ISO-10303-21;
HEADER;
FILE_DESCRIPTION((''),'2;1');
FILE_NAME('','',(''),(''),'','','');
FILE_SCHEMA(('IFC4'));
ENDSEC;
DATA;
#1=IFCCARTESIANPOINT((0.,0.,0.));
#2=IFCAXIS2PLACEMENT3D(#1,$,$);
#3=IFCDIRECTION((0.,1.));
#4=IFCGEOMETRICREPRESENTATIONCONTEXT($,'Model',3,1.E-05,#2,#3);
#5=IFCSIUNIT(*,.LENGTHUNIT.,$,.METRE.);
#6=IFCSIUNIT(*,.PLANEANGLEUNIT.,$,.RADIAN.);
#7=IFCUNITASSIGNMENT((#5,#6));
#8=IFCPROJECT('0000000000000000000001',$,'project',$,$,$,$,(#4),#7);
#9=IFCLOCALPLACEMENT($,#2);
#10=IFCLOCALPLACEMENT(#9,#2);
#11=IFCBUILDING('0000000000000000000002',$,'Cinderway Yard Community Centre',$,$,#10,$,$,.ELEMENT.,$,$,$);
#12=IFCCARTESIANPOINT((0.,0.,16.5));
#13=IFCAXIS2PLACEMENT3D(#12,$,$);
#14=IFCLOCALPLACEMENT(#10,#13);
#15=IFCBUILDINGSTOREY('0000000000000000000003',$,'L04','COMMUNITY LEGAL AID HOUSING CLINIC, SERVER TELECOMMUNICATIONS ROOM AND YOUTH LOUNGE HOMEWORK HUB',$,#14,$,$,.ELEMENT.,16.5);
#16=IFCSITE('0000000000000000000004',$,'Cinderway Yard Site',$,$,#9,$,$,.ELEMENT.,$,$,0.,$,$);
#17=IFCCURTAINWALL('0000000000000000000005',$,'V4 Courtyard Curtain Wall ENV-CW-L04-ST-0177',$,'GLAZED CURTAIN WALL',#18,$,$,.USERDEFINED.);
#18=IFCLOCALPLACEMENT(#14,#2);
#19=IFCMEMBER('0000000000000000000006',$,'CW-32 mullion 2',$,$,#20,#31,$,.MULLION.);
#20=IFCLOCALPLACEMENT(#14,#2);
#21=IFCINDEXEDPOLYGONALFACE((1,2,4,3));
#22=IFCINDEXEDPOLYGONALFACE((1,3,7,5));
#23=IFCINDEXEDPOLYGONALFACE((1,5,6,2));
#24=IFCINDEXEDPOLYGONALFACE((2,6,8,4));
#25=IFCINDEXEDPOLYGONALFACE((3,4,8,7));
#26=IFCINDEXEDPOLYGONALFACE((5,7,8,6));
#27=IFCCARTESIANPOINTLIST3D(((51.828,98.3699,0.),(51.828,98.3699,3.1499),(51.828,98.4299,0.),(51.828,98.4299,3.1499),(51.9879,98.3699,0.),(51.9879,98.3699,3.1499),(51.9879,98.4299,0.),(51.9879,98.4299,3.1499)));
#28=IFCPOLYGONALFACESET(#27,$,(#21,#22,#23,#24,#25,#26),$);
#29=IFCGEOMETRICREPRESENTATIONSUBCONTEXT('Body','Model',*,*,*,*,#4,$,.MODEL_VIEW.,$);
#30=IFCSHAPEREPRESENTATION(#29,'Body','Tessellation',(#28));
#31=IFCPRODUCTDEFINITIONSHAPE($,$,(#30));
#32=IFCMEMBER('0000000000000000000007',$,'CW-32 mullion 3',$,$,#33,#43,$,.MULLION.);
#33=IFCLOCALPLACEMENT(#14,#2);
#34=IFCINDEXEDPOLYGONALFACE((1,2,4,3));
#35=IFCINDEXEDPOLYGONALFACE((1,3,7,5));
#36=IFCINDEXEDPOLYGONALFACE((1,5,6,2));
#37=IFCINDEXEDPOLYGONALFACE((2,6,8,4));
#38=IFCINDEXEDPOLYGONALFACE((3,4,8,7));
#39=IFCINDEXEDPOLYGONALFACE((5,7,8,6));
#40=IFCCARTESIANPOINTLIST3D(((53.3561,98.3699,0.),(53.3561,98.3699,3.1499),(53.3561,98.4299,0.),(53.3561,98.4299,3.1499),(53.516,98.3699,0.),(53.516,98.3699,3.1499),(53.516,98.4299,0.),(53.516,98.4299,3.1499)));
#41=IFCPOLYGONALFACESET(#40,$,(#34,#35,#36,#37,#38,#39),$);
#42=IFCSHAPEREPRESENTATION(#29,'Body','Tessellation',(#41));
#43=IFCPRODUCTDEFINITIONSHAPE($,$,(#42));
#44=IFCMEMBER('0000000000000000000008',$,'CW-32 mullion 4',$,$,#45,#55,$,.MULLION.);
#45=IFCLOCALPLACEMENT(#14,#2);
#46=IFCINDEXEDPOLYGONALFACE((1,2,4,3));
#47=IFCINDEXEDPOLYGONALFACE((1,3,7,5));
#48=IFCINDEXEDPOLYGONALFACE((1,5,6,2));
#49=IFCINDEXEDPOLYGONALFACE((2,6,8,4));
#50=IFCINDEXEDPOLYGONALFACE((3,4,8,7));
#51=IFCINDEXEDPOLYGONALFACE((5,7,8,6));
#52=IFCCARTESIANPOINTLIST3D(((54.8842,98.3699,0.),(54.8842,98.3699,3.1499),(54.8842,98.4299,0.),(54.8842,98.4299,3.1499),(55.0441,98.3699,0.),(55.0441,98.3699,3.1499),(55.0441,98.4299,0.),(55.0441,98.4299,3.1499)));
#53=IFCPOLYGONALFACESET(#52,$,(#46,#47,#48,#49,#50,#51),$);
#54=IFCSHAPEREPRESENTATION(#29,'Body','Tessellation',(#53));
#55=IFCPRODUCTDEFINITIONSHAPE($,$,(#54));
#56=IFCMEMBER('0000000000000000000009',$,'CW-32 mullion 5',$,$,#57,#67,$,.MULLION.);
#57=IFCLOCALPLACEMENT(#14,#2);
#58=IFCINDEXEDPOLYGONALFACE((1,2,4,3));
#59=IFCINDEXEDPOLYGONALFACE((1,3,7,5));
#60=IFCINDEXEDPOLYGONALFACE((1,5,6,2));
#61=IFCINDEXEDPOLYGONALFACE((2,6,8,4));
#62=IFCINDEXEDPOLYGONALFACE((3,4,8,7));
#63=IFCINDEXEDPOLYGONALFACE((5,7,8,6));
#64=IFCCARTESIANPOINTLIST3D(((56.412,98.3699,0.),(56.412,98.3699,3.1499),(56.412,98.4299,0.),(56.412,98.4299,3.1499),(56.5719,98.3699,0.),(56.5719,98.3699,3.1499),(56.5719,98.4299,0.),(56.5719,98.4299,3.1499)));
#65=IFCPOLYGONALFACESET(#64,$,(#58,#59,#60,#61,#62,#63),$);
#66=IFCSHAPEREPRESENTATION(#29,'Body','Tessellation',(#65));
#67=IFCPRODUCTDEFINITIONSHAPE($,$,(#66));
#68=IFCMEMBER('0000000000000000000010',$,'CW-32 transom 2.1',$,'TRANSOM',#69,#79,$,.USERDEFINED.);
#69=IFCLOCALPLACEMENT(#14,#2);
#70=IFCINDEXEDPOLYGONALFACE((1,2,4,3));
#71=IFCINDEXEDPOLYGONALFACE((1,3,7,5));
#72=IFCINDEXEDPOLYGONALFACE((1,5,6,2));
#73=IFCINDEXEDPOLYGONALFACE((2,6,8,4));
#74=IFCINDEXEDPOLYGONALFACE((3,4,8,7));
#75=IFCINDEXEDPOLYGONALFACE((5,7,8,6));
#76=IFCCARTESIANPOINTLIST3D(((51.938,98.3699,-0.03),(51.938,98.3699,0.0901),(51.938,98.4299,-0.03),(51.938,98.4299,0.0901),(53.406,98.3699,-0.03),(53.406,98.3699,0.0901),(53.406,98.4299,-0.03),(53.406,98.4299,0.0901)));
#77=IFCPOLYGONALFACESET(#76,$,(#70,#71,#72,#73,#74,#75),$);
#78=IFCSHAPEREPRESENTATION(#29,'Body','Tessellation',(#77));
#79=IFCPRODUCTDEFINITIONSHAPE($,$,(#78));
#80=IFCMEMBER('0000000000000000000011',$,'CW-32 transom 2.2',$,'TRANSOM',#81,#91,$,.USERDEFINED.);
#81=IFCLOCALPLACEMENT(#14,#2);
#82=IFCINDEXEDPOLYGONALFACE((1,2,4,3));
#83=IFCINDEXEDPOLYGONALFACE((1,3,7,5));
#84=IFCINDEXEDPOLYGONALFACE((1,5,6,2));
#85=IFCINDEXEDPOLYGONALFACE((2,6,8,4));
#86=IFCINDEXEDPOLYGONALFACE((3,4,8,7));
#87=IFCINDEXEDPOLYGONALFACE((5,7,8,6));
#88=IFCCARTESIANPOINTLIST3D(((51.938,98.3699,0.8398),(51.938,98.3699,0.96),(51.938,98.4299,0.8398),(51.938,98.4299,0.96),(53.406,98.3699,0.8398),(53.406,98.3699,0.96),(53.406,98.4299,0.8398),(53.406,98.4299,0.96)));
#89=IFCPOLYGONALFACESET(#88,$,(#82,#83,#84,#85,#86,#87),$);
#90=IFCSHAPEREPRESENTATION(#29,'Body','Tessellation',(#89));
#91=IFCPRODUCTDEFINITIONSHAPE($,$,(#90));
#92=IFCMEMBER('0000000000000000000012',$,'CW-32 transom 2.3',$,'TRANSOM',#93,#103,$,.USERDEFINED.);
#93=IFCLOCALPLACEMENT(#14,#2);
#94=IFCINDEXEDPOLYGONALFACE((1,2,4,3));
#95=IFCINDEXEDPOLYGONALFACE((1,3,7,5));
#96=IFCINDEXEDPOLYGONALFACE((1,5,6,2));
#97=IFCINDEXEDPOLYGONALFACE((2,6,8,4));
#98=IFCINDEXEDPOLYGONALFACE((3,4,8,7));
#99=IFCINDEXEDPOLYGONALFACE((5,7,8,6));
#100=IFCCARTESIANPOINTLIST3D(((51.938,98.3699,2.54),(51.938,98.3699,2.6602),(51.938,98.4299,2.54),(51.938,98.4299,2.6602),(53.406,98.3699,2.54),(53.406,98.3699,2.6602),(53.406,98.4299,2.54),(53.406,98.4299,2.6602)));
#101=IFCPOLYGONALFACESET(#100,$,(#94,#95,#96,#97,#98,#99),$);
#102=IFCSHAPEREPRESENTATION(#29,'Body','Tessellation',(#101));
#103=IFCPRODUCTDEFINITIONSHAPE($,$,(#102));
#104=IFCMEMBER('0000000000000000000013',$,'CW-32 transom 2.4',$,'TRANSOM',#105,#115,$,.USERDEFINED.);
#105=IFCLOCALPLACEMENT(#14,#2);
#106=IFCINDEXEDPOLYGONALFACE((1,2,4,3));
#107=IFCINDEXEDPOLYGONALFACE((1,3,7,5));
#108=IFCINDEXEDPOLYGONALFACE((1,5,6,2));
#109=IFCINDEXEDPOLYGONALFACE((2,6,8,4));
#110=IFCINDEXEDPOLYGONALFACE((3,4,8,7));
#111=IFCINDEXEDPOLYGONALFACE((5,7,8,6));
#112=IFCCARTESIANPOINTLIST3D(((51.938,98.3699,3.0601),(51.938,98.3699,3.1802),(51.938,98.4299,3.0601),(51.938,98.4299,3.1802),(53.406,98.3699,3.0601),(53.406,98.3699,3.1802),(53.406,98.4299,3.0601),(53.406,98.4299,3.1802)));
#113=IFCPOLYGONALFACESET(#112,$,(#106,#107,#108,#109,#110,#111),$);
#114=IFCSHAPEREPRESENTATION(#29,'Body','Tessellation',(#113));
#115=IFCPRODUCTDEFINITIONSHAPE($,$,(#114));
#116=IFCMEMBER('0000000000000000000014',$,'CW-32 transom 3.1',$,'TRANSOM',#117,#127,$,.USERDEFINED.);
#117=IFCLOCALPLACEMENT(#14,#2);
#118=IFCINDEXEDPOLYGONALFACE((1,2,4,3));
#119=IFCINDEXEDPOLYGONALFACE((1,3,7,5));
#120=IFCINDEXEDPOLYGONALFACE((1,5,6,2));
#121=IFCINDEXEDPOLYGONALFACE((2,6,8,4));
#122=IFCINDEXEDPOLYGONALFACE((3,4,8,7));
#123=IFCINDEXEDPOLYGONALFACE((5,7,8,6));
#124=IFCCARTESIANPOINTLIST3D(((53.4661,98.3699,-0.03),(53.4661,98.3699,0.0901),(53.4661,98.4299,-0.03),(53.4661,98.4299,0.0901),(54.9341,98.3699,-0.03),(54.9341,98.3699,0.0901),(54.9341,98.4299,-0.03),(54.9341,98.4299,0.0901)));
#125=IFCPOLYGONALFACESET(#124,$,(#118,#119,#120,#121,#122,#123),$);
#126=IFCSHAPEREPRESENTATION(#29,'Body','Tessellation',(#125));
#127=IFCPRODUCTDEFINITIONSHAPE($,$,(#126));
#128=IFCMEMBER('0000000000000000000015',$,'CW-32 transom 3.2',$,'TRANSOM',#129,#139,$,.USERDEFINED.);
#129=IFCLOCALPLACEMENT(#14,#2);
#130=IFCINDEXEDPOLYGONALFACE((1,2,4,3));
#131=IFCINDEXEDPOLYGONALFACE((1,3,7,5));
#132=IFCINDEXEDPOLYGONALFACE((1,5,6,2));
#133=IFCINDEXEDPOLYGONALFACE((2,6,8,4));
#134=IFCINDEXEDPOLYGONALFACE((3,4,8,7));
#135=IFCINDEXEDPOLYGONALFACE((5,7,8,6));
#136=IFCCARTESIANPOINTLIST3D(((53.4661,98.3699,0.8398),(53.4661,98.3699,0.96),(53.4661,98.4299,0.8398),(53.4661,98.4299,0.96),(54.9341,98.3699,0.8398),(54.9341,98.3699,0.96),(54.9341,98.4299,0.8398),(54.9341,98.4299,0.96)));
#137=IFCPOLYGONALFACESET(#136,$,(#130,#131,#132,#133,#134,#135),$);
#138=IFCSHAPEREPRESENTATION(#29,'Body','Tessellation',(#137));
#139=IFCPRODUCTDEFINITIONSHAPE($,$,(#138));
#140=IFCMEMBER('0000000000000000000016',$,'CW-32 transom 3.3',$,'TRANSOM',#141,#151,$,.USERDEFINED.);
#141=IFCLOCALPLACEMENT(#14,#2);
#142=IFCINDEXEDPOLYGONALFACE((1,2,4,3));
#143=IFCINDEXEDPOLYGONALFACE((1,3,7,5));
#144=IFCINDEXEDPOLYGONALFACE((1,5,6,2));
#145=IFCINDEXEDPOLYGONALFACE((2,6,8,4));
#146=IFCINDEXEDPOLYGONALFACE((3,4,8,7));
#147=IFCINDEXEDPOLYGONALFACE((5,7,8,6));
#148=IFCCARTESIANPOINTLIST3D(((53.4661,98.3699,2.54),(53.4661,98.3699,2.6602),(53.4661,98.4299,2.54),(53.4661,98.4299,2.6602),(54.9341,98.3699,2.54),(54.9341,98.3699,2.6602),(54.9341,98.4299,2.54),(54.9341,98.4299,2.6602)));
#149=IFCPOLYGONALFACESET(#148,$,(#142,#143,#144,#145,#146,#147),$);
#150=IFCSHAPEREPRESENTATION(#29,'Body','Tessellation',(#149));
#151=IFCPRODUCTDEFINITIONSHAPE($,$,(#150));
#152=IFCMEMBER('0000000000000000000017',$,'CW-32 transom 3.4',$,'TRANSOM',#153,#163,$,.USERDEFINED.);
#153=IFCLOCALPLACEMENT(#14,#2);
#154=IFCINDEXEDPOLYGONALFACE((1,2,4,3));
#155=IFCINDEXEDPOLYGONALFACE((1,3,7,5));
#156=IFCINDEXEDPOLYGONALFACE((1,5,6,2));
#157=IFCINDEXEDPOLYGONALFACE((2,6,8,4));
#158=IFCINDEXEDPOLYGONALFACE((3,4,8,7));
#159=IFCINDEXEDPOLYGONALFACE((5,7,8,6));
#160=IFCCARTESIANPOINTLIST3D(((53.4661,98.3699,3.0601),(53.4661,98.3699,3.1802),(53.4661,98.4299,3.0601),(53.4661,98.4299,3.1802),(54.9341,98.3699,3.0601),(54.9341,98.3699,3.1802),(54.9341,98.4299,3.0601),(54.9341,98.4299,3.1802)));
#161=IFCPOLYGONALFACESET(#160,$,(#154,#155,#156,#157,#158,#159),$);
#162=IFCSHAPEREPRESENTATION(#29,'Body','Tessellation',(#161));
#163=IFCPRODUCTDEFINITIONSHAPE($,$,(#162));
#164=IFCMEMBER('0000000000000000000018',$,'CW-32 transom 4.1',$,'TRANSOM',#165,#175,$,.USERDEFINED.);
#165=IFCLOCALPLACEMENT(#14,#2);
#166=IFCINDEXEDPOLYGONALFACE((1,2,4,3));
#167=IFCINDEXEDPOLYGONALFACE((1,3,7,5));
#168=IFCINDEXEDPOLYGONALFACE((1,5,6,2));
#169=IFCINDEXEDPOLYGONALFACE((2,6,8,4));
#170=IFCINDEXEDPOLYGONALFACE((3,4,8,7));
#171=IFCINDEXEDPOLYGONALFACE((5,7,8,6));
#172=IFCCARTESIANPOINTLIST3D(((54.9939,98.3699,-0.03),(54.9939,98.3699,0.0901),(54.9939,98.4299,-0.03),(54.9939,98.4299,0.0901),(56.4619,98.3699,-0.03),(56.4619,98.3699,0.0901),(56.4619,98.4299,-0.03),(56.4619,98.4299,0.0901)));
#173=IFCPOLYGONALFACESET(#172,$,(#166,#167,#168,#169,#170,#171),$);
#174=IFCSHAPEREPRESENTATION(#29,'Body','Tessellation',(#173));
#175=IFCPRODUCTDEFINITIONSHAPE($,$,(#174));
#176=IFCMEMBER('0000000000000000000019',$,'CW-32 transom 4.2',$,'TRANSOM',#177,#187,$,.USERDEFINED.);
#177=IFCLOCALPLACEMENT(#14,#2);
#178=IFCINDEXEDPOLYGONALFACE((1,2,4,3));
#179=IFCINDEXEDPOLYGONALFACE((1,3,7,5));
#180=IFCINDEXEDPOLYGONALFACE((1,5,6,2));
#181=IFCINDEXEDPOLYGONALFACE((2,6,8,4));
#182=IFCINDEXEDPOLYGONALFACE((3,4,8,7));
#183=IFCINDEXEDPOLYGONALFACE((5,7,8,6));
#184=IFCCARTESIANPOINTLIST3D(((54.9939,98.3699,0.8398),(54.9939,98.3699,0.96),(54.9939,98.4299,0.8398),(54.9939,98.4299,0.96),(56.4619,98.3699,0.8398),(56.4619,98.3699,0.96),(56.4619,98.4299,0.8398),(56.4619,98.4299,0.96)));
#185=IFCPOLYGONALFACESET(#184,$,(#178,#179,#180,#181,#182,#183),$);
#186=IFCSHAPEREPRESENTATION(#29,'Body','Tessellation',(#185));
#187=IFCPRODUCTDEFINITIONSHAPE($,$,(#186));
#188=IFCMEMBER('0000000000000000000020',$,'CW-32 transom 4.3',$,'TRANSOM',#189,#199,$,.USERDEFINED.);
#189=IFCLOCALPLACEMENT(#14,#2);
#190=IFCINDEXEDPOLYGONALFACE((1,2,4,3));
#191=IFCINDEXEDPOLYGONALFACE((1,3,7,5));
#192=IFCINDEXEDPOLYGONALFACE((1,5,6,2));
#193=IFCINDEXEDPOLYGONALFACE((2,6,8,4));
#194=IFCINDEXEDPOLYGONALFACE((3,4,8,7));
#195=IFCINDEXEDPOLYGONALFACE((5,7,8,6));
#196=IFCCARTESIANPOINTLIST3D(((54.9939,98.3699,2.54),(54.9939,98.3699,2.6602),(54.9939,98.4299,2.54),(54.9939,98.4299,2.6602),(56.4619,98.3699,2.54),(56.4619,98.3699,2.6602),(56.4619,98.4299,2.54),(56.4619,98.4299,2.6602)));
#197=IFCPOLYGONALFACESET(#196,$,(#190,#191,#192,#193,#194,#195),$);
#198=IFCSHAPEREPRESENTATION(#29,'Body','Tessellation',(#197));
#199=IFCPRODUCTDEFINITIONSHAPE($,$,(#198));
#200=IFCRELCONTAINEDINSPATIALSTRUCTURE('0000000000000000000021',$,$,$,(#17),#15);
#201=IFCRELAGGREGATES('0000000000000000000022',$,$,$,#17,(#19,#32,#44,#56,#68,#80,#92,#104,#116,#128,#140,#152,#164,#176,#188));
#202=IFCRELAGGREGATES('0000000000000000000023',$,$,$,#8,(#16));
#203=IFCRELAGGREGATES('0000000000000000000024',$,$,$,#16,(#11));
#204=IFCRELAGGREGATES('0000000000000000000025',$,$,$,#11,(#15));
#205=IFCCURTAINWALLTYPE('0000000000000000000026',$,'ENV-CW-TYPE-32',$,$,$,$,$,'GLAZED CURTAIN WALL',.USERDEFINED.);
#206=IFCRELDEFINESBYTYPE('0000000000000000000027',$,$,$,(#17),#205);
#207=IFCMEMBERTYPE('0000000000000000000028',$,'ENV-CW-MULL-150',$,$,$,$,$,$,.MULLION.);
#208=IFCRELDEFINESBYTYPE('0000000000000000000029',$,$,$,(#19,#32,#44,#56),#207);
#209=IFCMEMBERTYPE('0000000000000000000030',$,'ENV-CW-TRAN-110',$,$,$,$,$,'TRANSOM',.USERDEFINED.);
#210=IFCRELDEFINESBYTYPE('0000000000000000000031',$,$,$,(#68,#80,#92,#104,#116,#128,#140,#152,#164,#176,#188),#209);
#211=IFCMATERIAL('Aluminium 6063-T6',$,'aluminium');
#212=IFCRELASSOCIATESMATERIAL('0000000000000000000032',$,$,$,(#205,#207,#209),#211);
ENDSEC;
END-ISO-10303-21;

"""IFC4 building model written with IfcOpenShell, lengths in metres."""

from ifc_helpers import new_model, si_unit, direction, frame, origin, origin_2d, place, context, subcontext, project, spatial, rectangle, extrude, material, material_profile, profile_set, type_object, element, aggregate, save


model = new_model("IFC4")

# Units and contexts
model_context = context("Model", 3, precision=1e-05, world=origin(), true_north=direction((0.0, 1.0)))
body_context = subcontext(model_context, "Body", "Model", "MODEL_VIEW")
ifc_project = project(units=[si_unit("LENGTHUNIT", "METRE"), si_unit("PLANEANGLEUNIT", "RADIAN")], contexts=[model_context])

# Site, building, storey
site_placement = place(None, origin())
site = spatial("IfcSite", under=ifc_project, at=site_placement, Name="Cinderway Yard Site", CompositionType="ELEMENT", RefElevation=0.0)
building_placement = place(site_placement, origin())
building = spatial("IfcBuilding", under=site, at=building_placement, Name="Cinderway Yard Community Centre", CompositionType="ELEMENT")
storey_placement = place(building_placement, frame((0.0, 0.0, 16.5)))
storey = spatial("IfcBuildingStorey", under=building, at=storey_placement, Name="L04", Description="COMMUNITY LEGAL AID HOUSING CLINIC, SERVER TELECOMMUNICATIONS ROOM AND YOUTH LOUNGE HOMEWORK HUB", CompositionType="ELEMENT", Elevation=16.5)

# Curtain wall, members
ifc_material_1 = material(Name="Aluminium 6063-T6", Category="aluminium")
curtain_wall_type = type_object("IfcCurtainWallType", Name="ENV-CW-TYPE-32", ElementType="GLAZED CURTAIN WALL", PredefinedType="USERDEFINED", material=ifc_material_1)
curtain_wall_placement = place(storey_placement, origin())
curtain_wall = element("IfcCurtainWall", 1, at=curtain_wall_placement, inside=storey, type_object=curtain_wall_type, Name="V4 Courtyard Curtain Wall ENV-CW-L04-ST-0177", ObjectType="GLAZED CURTAIN WALL", PredefinedType="USERDEFINED")
ifc_material_profile_1 = material_profile(ifc_material_1, rectangle(XDim=0.0601, YDim=0.1599, at=origin_2d()), Name="Aluminium 6063-T6")
ifc_profile_set_1 = profile_set([ifc_material_profile_1], Name="Aluminium 6063-T6")
member_type_1 = type_object("IfcMemberType", Name="ENV-CW-MULL-150", PredefinedType="MULLION", material=ifc_profile_set_1)
member_1_placement = place(storey_placement, frame((51.908, 98.3999, 0.0), z_axis=(0.0, 0.0, 1.0), x_axis=(0.0, 1.0, 0.0)))
member_1 = element("IfcMember", 2, at=member_1_placement, type_object=member_type_1, Name="CW-32 mullion 2", PredefinedType="MULLION", context=body_context, shape_type="SweptSolid", body=[
    extrude(rectangle(XDim=0.0601, YDim=0.1599, at=origin_2d()), origin(), (0.0, 0.0, 1.0), 3.1499),
])
member_2_placement = place(storey_placement, frame((53.436, 98.3999, 0.0), z_axis=(0.0, 0.0, 1.0), x_axis=(0.0, 1.0, 0.0)))
member_2 = element("IfcMember", 3, at=member_2_placement, type_object=member_type_1, Name="CW-32 mullion 3", PredefinedType="MULLION", context=body_context, shape_type="SweptSolid", body=[
    extrude(rectangle(XDim=0.0601, YDim=0.1599, at=origin_2d()), origin(), (0.0, 0.0, 1.0), 3.1499),
])
member_3_placement = place(storey_placement, frame((54.9641, 98.3999, 0.0), z_axis=(0.0, 0.0, 1.0), x_axis=(0.0, 1.0, 0.0)))
member_3 = element("IfcMember", 4, at=member_3_placement, type_object=member_type_1, Name="CW-32 mullion 4", PredefinedType="MULLION", context=body_context, shape_type="SweptSolid", body=[
    extrude(rectangle(XDim=0.0601, YDim=0.1599, at=origin_2d()), origin(), (0.0, 0.0, 1.0), 3.1499),
])
member_4_placement = place(storey_placement, frame((56.4919, 98.3999, 0.0), z_axis=(0.0, 0.0, 1.0), x_axis=(0.0, 1.0, 0.0)))
member_4 = element("IfcMember", 5, at=member_4_placement, type_object=member_type_1, Name="CW-32 mullion 5", PredefinedType="MULLION", context=body_context, shape_type="SweptSolid", body=[
    extrude(rectangle(XDim=0.0601, YDim=0.1599, at=origin_2d()), origin(), (0.0, 0.0, 1.0), 3.1499),
])
ifc_material_profile_2 = material_profile(ifc_material_1, rectangle(XDim=0.0601, YDim=0.1201, at=origin_2d()), Name="Aluminium 6063-T6")
ifc_profile_set_2 = profile_set([ifc_material_profile_2], Name="Aluminium 6063-T6")
member_type_2 = type_object("IfcMemberType", Name="ENV-CW-TRAN-110", ElementType="TRANSOM", PredefinedType="USERDEFINED", material=ifc_profile_set_2)
member_5_placement = place(storey_placement, frame((51.938, 98.3999, 0.03), z_axis=(1.0, 0.0, 0.0), x_axis=(0.0, 1.0, 0.0)))
member_5 = element("IfcMember", 6, at=member_5_placement, type_object=member_type_2, Name="CW-32 transom 2.1", ObjectType="TRANSOM", PredefinedType="USERDEFINED", context=body_context, shape_type="SweptSolid", body=[
    extrude(rectangle(XDim=0.0601, YDim=0.1201, at=origin_2d()), origin(), (0.0, 0.0, 1.0), 1.468),
])
member_6_placement = place(storey_placement, frame((51.938, 98.3999, 0.8999), z_axis=(1.0, 0.0, 0.0), x_axis=(0.0, 1.0, 0.0)))
member_6 = element("IfcMember", 7, at=member_6_placement, type_object=member_type_2, Name="CW-32 transom 2.2", ObjectType="TRANSOM", PredefinedType="USERDEFINED", context=body_context, shape_type="SweptSolid", body=[
    extrude(rectangle(XDim=0.0601, YDim=0.1201, at=origin_2d()), origin(), (0.0, 0.0, 1.0), 1.468),
])
member_7_placement = place(storey_placement, frame((51.938, 98.3999, 2.6001), z_axis=(1.0, 0.0, 0.0), x_axis=(0.0, 1.0, 0.0)))
member_7 = element("IfcMember", 8, at=member_7_placement, type_object=member_type_2, Name="CW-32 transom 2.3", ObjectType="TRANSOM", PredefinedType="USERDEFINED", context=body_context, shape_type="SweptSolid", body=[
    extrude(rectangle(XDim=0.0601, YDim=0.1201, at=origin_2d()), origin(), (0.0, 0.0, 1.0), 1.468),
])
member_8_placement = place(storey_placement, frame((51.938, 98.3999, 3.1201), z_axis=(1.0, 0.0, 0.0), x_axis=(0.0, 1.0, 0.0)))
member_8 = element("IfcMember", 9, at=member_8_placement, type_object=member_type_2, Name="CW-32 transom 2.4", ObjectType="TRANSOM", PredefinedType="USERDEFINED", context=body_context, shape_type="SweptSolid", body=[
    extrude(rectangle(XDim=0.0601, YDim=0.1201, at=origin_2d()), origin(), (0.0, 0.0, 1.0), 1.468),
])
member_9_placement = place(storey_placement, frame((53.4661, 98.3999, 0.03), z_axis=(1.0, 0.0, 0.0), x_axis=(0.0, 1.0, 0.0)))
member_9 = element("IfcMember", 10, at=member_9_placement, type_object=member_type_2, Name="CW-32 transom 3.1", ObjectType="TRANSOM", PredefinedType="USERDEFINED", context=body_context, shape_type="SweptSolid", body=[
    extrude(rectangle(XDim=0.0601, YDim=0.1201, at=origin_2d()), origin(), (0.0, 0.0, 1.0), 1.468),
])
member_10_placement = place(storey_placement, frame((53.4661, 98.3999, 0.8999), z_axis=(1.0, 0.0, 0.0), x_axis=(0.0, 1.0, 0.0)))
member_10 = element("IfcMember", 11, at=member_10_placement, type_object=member_type_2, Name="CW-32 transom 3.2", ObjectType="TRANSOM", PredefinedType="USERDEFINED", context=body_context, shape_type="SweptSolid", body=[
    extrude(rectangle(XDim=0.0601, YDim=0.1201, at=origin_2d()), origin(), (0.0, 0.0, 1.0), 1.468),
])
member_11_placement = place(storey_placement, frame((53.4661, 98.3999, 2.6001), z_axis=(1.0, 0.0, 0.0), x_axis=(0.0, 1.0, 0.0)))
member_11 = element("IfcMember", 12, at=member_11_placement, type_object=member_type_2, Name="CW-32 transom 3.3", ObjectType="TRANSOM", PredefinedType="USERDEFINED", context=body_context, shape_type="SweptSolid", body=[
    extrude(rectangle(XDim=0.0601, YDim=0.1201, at=origin_2d()), origin(), (0.0, 0.0, 1.0), 1.468),
])
member_12_placement = place(storey_placement, frame((53.4661, 98.3999, 3.1201), z_axis=(1.0, 0.0, 0.0), x_axis=(0.0, 1.0, 0.0)))
member_12 = element("IfcMember", 13, at=member_12_placement, type_object=member_type_2, Name="CW-32 transom 3.4", ObjectType="TRANSOM", PredefinedType="USERDEFINED", context=body_context, shape_type="SweptSolid", body=[
    extrude(rectangle(XDim=0.0601, YDim=0.1201, at=origin_2d()), origin(), (0.0, 0.0, 1.0), 1.468),
])
member_13_placement = place(storey_placement, frame((54.9939, 98.3999, 0.03), z_axis=(1.0, 0.0, 0.0), x_axis=(0.0, 1.0, 0.0)))
member_13 = element("IfcMember", 14, at=member_13_placement, type_object=member_type_2, Name="CW-32 transom 4.1", ObjectType="TRANSOM", PredefinedType="USERDEFINED", context=body_context, shape_type="SweptSolid", body=[
    extrude(rectangle(XDim=0.0601, YDim=0.1201, at=origin_2d()), origin(), (0.0, 0.0, 1.0), 1.468),
])
member_14_placement = place(storey_placement, frame((54.9939, 98.3999, 0.8999), z_axis=(1.0, 0.0, 0.0), x_axis=(0.0, 1.0, 0.0)))
member_14 = element("IfcMember", 15, at=member_14_placement, type_object=member_type_2, Name="CW-32 transom 4.2", ObjectType="TRANSOM", PredefinedType="USERDEFINED", context=body_context, shape_type="SweptSolid", body=[
    extrude(rectangle(XDim=0.0601, YDim=0.1201, at=origin_2d()), origin(), (0.0, 0.0, 1.0), 1.468),
])
member_15_placement = place(storey_placement, frame((54.9939, 98.3999, 2.6001), z_axis=(1.0, 0.0, 0.0), x_axis=(0.0, 1.0, 0.0)))
member_15 = element("IfcMember", 16, at=member_15_placement, type_object=member_type_2, Name="CW-32 transom 4.3", ObjectType="TRANSOM", PredefinedType="USERDEFINED", context=body_context, shape_type="SweptSolid", body=[
    extrude(rectangle(XDim=0.0601, YDim=0.1201, at=origin_2d()), origin(), (0.0, 0.0, 1.0), 1.468),
])
aggregate(curtain_wall, [member_1, member_2, member_3, member_4, member_5, member_6, member_7, member_8, member_9, member_10, member_11, member_12, member_13, member_14, member_15])

save(model, "model.ifc")
